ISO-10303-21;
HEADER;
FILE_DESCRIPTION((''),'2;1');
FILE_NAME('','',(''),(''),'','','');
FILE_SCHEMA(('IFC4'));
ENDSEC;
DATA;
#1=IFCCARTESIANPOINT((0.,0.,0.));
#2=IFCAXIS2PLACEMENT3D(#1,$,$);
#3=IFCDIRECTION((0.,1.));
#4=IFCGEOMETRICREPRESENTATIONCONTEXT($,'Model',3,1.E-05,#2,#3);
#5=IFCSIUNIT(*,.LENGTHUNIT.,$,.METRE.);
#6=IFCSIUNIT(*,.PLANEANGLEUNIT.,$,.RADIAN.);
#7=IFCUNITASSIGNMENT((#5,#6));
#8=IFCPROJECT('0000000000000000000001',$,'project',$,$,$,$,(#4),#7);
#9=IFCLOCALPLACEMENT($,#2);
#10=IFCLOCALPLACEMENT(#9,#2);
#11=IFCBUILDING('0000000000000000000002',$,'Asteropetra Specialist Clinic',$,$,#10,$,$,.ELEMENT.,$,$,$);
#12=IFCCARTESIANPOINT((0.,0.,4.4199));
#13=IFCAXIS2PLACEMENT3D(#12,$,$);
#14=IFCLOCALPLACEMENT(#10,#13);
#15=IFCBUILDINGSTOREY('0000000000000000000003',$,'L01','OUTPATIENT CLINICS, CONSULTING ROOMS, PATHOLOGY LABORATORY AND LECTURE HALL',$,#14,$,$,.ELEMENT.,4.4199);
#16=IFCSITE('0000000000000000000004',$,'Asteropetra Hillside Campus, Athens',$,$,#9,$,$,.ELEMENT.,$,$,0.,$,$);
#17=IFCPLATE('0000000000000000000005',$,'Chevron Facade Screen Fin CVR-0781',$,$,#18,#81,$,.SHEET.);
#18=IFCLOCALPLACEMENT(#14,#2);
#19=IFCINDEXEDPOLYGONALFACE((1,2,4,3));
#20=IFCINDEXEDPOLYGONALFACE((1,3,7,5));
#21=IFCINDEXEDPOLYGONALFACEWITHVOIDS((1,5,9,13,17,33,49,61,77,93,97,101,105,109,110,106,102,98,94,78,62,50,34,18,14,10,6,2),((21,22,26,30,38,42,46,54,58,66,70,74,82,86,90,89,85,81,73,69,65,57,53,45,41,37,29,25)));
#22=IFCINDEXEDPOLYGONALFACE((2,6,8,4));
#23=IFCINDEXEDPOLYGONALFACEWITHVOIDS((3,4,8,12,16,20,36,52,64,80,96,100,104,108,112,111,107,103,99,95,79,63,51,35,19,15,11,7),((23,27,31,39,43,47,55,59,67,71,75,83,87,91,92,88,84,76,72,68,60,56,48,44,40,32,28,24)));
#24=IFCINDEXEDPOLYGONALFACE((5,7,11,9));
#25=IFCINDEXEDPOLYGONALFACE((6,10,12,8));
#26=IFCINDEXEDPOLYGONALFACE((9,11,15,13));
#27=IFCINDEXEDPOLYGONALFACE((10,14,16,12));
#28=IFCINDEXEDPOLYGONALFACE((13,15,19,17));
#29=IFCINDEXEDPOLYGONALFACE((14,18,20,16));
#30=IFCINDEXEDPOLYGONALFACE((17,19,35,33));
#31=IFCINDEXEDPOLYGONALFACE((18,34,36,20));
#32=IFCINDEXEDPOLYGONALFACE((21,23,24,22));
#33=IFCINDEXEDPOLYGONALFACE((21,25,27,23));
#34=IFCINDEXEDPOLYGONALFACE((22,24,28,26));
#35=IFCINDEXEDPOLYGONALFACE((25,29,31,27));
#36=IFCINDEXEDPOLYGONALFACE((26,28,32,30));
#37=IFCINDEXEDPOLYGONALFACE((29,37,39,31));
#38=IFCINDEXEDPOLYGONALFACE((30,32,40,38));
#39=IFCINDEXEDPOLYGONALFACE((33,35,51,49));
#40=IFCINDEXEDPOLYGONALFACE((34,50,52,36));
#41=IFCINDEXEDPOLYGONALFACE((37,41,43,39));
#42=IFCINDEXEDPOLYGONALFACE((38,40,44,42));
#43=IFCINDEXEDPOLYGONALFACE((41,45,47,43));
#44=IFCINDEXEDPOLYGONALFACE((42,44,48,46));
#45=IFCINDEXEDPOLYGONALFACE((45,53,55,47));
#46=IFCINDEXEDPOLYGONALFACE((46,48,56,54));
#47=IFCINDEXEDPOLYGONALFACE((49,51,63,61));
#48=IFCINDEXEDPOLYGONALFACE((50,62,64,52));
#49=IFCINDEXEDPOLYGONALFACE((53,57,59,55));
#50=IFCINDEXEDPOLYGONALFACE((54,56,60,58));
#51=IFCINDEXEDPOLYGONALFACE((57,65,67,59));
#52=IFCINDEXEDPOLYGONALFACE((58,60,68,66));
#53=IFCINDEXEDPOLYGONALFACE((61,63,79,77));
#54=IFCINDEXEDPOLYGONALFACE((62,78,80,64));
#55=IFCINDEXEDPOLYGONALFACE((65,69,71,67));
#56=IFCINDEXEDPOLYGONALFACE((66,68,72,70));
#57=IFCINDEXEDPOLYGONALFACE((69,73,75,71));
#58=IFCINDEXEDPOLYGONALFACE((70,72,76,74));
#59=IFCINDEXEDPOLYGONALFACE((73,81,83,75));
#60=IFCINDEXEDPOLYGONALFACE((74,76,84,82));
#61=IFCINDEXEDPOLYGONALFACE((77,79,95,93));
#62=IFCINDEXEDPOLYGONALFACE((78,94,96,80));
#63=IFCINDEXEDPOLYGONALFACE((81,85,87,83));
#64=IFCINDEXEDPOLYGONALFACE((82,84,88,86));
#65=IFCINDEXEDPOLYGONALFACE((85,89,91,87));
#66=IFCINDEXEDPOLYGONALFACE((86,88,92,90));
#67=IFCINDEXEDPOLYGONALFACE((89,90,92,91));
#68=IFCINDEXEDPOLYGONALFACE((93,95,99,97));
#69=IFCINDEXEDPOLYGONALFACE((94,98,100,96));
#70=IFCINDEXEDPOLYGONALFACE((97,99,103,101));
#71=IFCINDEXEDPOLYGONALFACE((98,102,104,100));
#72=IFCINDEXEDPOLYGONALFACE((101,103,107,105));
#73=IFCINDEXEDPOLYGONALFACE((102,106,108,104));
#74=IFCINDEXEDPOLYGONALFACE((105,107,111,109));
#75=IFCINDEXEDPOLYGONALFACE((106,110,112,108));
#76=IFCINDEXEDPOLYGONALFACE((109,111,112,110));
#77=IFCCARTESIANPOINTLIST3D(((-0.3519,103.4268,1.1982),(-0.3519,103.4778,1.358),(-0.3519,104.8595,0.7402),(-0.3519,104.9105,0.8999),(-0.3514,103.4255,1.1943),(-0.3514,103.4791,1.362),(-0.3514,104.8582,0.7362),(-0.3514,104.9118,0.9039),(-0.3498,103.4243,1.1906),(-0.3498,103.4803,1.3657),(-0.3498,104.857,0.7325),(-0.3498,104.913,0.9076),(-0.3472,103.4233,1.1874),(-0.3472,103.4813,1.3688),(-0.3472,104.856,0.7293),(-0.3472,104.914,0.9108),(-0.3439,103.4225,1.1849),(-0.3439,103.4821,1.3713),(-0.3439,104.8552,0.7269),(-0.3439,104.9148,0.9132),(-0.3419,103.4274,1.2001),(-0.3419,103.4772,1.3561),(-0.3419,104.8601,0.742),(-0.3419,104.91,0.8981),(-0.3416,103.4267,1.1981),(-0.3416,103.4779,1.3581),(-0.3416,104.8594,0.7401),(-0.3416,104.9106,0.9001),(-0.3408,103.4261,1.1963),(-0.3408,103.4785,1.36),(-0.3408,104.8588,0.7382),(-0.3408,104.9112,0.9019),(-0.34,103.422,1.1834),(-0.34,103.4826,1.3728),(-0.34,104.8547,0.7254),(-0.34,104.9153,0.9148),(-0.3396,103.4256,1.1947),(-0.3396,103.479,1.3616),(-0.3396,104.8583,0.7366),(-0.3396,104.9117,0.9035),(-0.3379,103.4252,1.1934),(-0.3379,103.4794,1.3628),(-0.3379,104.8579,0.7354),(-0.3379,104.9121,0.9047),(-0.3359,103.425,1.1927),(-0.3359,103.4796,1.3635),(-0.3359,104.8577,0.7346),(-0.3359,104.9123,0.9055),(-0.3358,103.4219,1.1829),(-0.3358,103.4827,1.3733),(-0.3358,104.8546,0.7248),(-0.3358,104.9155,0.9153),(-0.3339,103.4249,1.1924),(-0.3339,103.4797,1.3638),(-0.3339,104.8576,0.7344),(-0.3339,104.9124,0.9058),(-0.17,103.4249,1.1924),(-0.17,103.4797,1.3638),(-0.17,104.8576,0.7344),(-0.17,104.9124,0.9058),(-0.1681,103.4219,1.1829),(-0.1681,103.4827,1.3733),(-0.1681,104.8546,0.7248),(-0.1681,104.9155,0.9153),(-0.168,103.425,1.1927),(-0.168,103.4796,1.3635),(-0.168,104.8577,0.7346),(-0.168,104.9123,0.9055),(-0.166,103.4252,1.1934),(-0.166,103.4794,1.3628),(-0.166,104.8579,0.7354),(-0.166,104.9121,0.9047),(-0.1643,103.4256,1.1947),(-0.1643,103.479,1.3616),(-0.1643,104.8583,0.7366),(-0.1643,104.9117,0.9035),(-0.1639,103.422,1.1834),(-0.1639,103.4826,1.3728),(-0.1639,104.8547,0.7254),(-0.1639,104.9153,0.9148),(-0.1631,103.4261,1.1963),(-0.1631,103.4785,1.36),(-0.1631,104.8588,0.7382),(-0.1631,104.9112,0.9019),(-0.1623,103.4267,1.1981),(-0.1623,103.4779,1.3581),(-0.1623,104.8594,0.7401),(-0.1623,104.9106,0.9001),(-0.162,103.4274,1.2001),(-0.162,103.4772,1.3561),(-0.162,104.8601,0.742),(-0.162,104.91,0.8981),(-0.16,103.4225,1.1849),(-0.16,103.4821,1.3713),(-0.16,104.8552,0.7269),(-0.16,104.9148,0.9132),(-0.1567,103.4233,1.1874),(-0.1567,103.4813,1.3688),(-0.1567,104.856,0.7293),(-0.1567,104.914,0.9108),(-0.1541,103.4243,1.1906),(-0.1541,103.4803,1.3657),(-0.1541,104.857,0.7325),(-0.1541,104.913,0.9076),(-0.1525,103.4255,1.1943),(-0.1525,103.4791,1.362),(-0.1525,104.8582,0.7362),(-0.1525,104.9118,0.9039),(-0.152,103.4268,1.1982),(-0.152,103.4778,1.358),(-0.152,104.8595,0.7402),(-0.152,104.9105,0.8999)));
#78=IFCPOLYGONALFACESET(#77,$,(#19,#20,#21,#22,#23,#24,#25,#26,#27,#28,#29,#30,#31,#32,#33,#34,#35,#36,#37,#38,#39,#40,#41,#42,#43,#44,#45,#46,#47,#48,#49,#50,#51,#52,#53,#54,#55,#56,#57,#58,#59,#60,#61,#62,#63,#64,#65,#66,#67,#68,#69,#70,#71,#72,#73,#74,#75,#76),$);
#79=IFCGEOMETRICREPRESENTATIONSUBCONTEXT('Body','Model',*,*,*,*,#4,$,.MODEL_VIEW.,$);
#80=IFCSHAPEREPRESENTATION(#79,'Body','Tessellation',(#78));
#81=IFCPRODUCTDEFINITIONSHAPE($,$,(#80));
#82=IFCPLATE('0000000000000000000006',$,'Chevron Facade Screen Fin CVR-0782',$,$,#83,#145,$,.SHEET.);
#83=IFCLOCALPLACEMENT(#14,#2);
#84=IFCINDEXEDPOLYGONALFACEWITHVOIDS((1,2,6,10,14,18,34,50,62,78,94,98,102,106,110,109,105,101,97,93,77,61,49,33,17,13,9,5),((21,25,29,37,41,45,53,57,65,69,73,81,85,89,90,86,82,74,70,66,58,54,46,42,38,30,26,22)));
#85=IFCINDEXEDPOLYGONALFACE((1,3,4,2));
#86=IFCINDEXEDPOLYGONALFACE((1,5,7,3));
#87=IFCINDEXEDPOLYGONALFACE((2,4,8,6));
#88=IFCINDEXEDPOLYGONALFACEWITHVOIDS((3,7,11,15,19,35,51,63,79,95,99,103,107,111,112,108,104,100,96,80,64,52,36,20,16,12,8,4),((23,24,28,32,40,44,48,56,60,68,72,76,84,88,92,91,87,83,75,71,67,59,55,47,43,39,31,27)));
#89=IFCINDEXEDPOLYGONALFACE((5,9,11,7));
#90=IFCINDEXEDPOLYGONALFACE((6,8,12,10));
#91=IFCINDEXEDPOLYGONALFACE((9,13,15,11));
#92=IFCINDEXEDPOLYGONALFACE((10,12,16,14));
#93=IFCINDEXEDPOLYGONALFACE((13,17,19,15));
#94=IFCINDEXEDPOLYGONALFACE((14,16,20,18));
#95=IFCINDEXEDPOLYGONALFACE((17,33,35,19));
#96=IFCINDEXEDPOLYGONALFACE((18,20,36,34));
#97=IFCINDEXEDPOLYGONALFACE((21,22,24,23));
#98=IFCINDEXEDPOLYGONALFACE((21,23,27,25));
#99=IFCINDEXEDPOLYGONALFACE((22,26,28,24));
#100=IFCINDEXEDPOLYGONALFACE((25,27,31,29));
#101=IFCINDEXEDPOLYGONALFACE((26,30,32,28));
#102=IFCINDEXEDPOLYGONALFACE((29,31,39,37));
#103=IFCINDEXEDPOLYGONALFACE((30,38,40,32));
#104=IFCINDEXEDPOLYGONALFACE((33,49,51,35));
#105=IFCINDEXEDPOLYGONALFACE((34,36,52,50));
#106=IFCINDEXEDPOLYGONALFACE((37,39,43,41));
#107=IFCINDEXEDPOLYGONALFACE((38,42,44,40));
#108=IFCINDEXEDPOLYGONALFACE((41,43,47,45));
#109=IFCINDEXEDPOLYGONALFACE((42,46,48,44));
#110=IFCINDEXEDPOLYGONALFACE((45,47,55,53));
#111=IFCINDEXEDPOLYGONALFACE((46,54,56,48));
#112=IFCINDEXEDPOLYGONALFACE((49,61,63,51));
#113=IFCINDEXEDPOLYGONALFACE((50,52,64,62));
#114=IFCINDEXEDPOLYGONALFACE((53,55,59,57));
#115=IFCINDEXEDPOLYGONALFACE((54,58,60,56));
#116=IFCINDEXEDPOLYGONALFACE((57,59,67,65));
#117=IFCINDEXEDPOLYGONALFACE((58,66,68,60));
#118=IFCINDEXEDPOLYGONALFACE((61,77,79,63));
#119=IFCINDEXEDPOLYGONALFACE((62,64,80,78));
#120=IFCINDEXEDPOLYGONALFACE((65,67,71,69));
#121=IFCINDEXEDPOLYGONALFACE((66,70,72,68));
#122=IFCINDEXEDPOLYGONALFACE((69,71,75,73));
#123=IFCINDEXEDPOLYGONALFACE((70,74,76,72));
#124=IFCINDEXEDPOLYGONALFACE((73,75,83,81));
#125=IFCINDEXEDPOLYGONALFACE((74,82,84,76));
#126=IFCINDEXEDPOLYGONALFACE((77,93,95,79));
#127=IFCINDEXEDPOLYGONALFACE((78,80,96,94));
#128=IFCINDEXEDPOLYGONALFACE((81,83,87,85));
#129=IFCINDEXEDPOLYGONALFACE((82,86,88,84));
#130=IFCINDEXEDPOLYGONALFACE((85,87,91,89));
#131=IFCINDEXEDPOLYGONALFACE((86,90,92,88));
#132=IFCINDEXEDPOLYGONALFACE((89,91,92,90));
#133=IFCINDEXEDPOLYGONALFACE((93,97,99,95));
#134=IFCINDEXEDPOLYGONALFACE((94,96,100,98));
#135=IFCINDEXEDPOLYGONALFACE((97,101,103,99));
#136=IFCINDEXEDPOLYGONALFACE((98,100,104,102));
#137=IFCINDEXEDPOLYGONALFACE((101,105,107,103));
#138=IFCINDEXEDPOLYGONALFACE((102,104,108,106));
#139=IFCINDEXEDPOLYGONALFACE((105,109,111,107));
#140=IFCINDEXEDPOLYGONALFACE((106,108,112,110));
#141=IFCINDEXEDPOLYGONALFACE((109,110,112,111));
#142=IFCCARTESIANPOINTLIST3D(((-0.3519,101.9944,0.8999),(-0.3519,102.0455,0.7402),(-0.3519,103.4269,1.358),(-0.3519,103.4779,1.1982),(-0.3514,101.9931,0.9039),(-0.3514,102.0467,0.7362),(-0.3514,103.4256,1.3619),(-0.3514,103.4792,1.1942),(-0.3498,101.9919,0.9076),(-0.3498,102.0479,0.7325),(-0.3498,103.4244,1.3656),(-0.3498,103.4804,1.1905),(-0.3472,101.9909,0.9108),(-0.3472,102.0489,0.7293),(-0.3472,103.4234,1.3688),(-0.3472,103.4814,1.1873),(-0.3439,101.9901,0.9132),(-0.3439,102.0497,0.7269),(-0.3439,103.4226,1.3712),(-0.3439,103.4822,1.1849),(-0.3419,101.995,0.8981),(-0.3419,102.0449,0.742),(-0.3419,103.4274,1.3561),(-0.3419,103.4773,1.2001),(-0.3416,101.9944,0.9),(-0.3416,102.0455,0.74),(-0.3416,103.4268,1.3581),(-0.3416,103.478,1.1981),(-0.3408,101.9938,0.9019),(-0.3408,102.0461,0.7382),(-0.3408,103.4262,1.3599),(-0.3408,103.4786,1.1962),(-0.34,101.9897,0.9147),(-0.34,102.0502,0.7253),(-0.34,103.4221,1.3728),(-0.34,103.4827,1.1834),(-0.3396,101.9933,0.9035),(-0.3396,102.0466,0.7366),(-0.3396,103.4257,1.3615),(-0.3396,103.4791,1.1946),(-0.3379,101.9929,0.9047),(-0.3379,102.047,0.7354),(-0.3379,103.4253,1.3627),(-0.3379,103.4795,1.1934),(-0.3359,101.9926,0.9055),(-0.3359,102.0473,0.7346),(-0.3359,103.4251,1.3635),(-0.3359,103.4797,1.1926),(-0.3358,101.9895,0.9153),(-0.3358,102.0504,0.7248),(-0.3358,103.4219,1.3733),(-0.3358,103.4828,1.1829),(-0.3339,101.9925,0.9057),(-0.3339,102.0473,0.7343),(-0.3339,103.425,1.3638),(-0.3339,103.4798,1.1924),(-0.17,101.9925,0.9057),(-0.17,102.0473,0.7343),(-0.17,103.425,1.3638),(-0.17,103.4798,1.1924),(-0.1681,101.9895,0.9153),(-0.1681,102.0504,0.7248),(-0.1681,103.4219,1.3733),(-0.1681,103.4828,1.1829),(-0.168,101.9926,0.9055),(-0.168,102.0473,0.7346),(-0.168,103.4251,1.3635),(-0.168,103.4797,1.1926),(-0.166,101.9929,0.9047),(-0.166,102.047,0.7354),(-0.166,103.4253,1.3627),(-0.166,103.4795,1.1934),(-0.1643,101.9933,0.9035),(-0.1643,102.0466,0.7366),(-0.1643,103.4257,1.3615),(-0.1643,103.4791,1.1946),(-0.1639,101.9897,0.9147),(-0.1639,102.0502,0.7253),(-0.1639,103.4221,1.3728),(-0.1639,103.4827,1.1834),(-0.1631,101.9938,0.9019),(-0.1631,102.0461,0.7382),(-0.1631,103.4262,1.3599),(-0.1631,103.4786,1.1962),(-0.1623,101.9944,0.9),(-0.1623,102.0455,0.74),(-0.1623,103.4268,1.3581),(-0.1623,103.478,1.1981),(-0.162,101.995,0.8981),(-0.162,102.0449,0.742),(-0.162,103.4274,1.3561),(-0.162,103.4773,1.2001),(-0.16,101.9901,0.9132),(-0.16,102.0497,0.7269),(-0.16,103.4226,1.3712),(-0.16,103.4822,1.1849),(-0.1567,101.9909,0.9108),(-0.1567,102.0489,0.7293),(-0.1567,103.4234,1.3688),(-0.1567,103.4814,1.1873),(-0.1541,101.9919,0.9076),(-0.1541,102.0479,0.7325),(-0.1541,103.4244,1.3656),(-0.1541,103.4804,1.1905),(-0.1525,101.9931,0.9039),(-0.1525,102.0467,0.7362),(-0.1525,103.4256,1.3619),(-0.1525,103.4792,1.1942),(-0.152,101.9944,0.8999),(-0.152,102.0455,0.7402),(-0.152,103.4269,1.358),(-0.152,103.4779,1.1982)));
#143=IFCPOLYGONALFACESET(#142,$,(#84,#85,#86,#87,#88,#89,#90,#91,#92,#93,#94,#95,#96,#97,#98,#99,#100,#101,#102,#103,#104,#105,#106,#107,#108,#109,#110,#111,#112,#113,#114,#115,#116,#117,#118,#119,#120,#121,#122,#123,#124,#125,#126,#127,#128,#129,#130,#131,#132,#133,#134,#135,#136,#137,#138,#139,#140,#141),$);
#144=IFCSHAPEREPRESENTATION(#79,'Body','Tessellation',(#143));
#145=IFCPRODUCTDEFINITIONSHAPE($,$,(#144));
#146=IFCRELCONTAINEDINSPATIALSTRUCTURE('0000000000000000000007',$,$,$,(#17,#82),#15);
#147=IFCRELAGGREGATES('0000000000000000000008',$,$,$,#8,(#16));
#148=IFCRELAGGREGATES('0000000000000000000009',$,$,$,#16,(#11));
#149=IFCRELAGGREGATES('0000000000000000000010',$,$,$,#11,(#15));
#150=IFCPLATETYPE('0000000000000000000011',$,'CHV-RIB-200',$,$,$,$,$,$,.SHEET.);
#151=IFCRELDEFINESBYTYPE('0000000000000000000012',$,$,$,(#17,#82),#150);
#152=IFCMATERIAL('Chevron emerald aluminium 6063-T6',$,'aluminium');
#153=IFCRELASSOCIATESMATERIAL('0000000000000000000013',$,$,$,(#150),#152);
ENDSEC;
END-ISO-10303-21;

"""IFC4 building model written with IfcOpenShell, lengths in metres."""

from ifc_helpers import new_model, si_unit, direction, frame, origin, origin_2d, place, context, subcontext, project, spatial, hollow_rectangle, extrude, material, material_profile, profile_set, type_object, element, save


model = new_model("IFC4")

# Units and contexts
model_context = context("Model", 3, precision=1e-05, world=origin(), true_north=direction((0.0, 1.0)))
body_context = subcontext(model_context, "Body", "Model", "MODEL_VIEW")
ifc_project = project(units=[si_unit("LENGTHUNIT", "METRE"), si_unit("PLANEANGLEUNIT", "RADIAN")], contexts=[model_context])

# Site, building, storey
site_placement = place(None, origin())
site = spatial("IfcSite", under=ifc_project, at=site_placement, Name="Asteropetra Hillside Campus, Athens", CompositionType="ELEMENT", RefElevation=0.0)
building_placement = place(site_placement, origin())
building = spatial("IfcBuilding", under=site, at=building_placement, Name="Asteropetra Specialist Clinic", CompositionType="ELEMENT")
storey_placement = place(building_placement, frame((0.0, 0.0, 4.4199)))
storey = spatial("IfcBuildingStorey", under=building, at=storey_placement, Name="L01", Description="OUTPATIENT CLINICS, CONSULTING ROOMS, PATHOLOGY LABORATORY AND LECTURE HALL", CompositionType="ELEMENT", Elevation=4.4199)

# Plates
ifc_material_1 = material(Name="Chevron emerald aluminium 6063-T6", Category="aluminium")
ifc_material_profile = material_profile(ifc_material_1, hollow_rectangle(XDim=0.2, YDim=0.2, WallThickness=0.01, InnerFilletRadius=0.0081, OuterFilletRadius=0.0161, at=origin_2d()), Name="SHS 200x200x10.0")
ifc_profile_set = profile_set([ifc_material_profile], Name="Chevron emerald aluminium 6063-T6")
plate_type = type_object("IfcPlateType", Name="CHV-RIB-200", PredefinedType="SHEET", material=ifc_profile_set)
plate_1_placement = place(storey_placement, frame((-0.252, 104.885, 0.8201), z_axis=(0.0, -0.952507, 0.304517), x_axis=(1.0, 0.0, 0.0)))
element("IfcPlate", 1, at=plate_1_placement, inside=storey, type_object=plate_type, Name="Chevron Facade Screen Fin CVR-0781", PredefinedType="SHEET", context=body_context, shape_type="SweptSolid", body=[
    extrude(hollow_rectangle(XDim=0.2, YDim=0.2, WallThickness=0.01, InnerFilletRadius=0.0081, OuterFilletRadius=0.0161, at=origin_2d()), origin(), (0.0, 0.0, 1.0), 1.5042),
])
plate_2_placement = place(storey_placement, frame((-0.252, 103.4524, 1.2781), z_axis=(0.0, -0.952492, -0.304564), x_axis=(1.0, 0.0, 0.0)))
element("IfcPlate", 2, at=plate_2_placement, inside=storey, type_object=plate_type, Name="Chevron Facade Screen Fin CVR-0782", PredefinedType="SHEET", context=body_context, shape_type="SweptSolid", body=[
    extrude(hollow_rectangle(XDim=0.2, YDim=0.2, WallThickness=0.01, InnerFilletRadius=0.0081, OuterFilletRadius=0.0161, at=origin_2d()), origin(), (0.0, 0.0, 1.0), 1.5039),
])

save(model, "model.ifc")
